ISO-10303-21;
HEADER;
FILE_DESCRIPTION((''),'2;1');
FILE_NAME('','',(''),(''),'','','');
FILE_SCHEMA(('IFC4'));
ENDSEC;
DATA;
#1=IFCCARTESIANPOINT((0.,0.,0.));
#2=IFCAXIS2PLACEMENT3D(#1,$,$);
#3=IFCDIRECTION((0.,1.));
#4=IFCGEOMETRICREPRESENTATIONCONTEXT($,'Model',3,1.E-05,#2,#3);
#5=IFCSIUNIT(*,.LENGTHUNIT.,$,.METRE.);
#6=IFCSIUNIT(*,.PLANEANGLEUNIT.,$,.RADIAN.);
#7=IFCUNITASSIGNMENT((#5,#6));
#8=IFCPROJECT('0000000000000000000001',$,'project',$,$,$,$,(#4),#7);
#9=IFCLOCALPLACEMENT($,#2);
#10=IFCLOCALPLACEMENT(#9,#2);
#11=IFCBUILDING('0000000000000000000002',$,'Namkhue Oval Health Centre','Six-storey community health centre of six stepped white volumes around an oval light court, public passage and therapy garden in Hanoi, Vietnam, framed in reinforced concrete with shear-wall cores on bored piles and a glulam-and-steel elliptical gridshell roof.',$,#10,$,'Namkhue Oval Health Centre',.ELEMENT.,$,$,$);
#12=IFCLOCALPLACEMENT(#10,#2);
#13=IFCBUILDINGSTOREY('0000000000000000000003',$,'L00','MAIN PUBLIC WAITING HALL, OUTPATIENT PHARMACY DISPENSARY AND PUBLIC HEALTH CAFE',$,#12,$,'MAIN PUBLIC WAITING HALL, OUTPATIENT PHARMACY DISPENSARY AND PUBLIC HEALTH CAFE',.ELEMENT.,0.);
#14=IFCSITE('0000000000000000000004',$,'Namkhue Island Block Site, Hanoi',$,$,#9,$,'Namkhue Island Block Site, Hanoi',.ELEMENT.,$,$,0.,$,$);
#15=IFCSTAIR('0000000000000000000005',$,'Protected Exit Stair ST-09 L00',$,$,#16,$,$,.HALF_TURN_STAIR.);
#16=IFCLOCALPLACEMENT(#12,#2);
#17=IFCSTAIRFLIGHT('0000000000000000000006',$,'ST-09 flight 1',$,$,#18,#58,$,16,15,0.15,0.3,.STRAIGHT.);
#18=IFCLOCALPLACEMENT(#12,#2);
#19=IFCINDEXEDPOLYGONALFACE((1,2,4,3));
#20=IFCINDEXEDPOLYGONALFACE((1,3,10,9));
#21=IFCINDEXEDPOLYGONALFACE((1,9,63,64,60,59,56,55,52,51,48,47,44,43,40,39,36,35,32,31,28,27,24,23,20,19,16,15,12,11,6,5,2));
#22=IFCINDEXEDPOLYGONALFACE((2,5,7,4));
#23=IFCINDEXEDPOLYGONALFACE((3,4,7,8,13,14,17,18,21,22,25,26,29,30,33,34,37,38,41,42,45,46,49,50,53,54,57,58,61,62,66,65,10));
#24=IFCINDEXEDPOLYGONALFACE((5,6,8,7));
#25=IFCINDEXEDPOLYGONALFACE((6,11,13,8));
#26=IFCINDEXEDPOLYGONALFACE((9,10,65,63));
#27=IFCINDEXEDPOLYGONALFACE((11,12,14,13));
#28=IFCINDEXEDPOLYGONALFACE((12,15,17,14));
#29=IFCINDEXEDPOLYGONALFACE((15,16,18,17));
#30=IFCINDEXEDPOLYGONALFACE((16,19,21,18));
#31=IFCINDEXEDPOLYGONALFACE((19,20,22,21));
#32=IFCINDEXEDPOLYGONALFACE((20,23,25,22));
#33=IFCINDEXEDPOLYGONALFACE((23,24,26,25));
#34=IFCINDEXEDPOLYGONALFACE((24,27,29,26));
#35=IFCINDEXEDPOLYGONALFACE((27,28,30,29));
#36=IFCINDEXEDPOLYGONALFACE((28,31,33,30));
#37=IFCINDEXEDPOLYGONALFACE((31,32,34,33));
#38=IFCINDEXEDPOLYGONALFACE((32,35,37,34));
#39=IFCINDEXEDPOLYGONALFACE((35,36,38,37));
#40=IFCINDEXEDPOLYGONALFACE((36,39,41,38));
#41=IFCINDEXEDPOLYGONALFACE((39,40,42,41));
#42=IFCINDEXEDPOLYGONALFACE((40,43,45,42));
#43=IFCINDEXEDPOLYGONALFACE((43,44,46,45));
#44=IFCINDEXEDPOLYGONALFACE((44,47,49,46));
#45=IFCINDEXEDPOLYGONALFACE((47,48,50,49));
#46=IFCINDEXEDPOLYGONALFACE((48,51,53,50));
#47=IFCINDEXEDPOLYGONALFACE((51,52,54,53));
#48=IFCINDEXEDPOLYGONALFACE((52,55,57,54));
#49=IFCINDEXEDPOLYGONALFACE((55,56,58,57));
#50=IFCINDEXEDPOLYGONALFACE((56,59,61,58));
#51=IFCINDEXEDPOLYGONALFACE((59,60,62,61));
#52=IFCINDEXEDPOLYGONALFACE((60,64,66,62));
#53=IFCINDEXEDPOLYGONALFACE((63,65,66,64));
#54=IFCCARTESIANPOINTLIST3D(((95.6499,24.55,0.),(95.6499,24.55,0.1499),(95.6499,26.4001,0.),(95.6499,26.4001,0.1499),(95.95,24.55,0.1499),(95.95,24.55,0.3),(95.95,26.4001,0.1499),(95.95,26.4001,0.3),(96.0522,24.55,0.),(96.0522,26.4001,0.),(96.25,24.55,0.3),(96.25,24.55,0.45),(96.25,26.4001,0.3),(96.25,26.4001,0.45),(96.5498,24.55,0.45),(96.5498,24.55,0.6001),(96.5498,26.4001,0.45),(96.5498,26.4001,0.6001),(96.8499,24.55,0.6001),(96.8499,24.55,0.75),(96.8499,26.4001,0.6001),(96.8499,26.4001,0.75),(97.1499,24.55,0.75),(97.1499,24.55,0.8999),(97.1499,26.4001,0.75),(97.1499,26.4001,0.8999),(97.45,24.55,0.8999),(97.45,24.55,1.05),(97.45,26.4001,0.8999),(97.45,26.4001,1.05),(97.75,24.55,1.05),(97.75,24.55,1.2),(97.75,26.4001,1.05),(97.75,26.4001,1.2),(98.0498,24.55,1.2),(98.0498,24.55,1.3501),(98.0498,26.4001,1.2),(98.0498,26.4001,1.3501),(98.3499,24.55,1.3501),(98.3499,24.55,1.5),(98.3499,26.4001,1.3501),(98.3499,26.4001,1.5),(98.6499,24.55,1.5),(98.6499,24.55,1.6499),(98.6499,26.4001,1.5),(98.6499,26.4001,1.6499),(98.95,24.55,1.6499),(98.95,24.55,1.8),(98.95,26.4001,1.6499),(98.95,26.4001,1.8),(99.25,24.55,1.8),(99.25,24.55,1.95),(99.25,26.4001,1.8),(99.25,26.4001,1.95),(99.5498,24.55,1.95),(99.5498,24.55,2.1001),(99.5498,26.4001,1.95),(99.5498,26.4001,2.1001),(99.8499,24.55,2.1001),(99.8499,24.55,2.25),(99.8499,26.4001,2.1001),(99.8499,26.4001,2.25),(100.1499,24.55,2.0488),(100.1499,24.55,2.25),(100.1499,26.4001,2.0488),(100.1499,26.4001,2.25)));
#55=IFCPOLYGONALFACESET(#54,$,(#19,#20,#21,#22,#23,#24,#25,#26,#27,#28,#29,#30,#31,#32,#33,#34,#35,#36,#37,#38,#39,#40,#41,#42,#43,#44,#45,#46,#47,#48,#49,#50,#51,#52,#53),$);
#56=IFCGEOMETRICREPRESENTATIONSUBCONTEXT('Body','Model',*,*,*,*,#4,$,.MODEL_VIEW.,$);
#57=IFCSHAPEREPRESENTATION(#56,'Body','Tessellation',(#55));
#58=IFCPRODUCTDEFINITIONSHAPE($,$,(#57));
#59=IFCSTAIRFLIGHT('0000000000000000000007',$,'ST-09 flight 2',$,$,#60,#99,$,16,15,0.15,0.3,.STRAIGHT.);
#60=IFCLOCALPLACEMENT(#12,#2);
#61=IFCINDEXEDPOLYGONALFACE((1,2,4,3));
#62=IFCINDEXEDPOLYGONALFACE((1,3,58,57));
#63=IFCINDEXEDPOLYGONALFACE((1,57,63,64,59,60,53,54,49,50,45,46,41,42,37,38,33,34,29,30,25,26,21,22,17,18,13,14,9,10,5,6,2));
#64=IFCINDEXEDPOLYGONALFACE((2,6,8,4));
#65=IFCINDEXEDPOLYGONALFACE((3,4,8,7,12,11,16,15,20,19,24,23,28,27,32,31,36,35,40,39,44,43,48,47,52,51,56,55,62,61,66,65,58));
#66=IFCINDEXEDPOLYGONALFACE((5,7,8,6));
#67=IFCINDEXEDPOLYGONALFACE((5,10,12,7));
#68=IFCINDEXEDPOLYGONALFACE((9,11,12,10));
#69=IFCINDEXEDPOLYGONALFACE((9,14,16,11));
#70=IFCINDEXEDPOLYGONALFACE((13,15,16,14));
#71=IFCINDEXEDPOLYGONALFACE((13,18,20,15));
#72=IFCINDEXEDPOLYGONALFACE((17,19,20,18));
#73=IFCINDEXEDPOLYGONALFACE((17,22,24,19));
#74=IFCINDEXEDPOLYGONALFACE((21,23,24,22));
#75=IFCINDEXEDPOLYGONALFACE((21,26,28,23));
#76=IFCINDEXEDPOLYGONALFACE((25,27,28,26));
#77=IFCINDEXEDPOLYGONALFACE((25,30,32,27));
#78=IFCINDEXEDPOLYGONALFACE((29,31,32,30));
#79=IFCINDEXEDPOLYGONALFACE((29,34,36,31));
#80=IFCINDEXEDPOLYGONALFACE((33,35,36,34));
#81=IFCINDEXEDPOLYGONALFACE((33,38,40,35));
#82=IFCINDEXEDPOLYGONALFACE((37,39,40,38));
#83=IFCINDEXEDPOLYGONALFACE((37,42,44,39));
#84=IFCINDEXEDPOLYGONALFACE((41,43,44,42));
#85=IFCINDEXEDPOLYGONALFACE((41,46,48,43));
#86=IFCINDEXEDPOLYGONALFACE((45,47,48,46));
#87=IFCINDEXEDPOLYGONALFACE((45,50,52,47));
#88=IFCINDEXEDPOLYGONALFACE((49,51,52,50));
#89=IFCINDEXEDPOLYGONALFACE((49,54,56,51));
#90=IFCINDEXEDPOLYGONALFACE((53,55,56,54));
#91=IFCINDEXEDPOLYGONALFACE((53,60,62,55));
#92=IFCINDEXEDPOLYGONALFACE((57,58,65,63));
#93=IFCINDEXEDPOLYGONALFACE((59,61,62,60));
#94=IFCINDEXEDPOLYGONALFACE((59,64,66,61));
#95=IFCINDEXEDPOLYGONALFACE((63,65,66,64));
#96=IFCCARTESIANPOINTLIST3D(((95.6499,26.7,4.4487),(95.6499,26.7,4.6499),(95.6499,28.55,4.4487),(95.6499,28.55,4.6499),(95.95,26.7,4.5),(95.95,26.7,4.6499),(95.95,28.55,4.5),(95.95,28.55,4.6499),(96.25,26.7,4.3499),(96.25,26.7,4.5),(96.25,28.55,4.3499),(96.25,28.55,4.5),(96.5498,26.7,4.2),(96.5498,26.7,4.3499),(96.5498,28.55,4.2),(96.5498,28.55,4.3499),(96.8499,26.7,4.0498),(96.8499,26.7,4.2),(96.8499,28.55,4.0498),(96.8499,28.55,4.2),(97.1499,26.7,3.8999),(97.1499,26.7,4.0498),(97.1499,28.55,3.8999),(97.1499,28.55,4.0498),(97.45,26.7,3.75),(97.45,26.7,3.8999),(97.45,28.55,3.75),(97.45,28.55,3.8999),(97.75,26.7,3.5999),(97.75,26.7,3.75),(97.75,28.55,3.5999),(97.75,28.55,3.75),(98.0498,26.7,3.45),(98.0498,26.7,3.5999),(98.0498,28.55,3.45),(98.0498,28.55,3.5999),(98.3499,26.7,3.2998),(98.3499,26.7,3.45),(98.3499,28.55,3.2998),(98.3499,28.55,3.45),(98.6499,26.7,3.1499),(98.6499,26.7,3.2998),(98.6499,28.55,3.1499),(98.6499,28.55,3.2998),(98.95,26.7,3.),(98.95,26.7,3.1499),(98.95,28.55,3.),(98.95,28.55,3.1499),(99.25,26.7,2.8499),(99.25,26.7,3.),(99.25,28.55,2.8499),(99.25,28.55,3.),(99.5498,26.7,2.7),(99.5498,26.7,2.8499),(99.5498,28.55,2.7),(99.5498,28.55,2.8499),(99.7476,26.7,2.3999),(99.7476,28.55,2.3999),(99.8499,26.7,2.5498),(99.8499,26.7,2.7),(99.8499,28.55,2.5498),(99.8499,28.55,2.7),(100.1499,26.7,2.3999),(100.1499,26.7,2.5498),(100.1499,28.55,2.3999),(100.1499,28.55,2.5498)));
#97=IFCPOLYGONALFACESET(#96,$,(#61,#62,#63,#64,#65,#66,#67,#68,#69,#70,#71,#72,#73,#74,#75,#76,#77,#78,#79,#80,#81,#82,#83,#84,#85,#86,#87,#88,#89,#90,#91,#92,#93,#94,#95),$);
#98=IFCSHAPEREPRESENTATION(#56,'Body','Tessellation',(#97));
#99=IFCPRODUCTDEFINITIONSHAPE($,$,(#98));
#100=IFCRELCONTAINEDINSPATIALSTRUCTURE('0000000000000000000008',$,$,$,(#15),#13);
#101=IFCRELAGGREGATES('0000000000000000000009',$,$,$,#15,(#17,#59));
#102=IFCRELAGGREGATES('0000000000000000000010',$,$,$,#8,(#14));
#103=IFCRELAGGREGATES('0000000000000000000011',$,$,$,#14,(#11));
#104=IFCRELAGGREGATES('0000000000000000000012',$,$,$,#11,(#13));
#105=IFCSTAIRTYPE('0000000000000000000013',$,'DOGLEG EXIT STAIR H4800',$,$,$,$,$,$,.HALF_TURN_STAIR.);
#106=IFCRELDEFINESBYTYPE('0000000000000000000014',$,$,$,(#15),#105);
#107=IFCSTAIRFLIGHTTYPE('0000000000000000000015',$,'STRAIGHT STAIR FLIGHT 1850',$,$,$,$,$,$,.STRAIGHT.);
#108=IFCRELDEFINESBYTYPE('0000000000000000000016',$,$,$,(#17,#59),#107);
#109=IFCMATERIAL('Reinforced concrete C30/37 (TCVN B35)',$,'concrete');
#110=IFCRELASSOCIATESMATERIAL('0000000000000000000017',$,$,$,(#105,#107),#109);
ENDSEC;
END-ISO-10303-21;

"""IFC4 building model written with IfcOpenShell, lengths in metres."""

from ifc_helpers import new_model, si_unit, direction, frame, origin, place, context, subcontext, project, spatial, polyline, outline, extrude, material, type_object, element, aggregate, save


model = new_model("IFC4")

# Units and contexts
model_context = context("Model", 3, precision=1e-05, world=origin(), true_north=direction((0.0, 1.0)))
body_context = subcontext(model_context, "Body", "Model", "MODEL_VIEW")
ifc_project = project(units=[si_unit("LENGTHUNIT", "METRE"), si_unit("PLANEANGLEUNIT", "RADIAN")], contexts=[model_context])

# Site, building, storey
site_placement = place(None, origin())
site = spatial("IfcSite", under=ifc_project, at=site_placement, Name="Namkhue Island Block Site, Hanoi", LongName="Namkhue Island Block Site, Hanoi", CompositionType="ELEMENT", RefElevation=0.0)
building_placement = place(site_placement, origin())
building = spatial("IfcBuilding", under=site, at=building_placement, Name="Namkhue Oval Health Centre", Description="Six-storey community health centre of six stepped white volumes around an oval light court, public passage and therapy garden in Hanoi, Vietnam, framed in reinforced concrete with shear-wall cores on bored piles and a glulam-and-steel elliptical gridshell roof.", LongName="Namkhue Oval Health Centre", CompositionType="ELEMENT")
storey_placement = place(building_placement, origin())
storey = spatial("IfcBuildingStorey", under=building, at=storey_placement, Name="L00", Description="MAIN PUBLIC WAITING HALL, OUTPATIENT PHARMACY DISPENSARY AND PUBLIC HEALTH CAFE", LongName="MAIN PUBLIC WAITING HALL, OUTPATIENT PHARMACY DISPENSARY AND PUBLIC HEALTH CAFE", CompositionType="ELEMENT", Elevation=0.0)

# Shared definitions
ifc_material_1 = material(Name="Reinforced concrete C30/37 (TCVN B35)", Category="concrete")

# Stair, stair flights
stair_type = type_object("IfcStairType", Name="DOGLEG EXIT STAIR H4800", PredefinedType="HALF_TURN_STAIR", material=ifc_material_1)
stair_placement = place(storey_placement, origin())
stair = element("IfcStair", 1, at=stair_placement, inside=storey, type_object=stair_type, Name="Protected Exit Stair ST-09 L00", PredefinedType="HALF_TURN_STAIR")
stair_flight_type = type_object("IfcStairFlightType", Name="STRAIGHT STAIR FLIGHT 1850", PredefinedType="STRAIGHT", material=ifc_material_1)
stair_flight_1_placement = place(storey_placement, frame((95.6499, 25.4751, 0.0), z_axis=(0.0, 0.0, 1.0), x_axis=(1.0, 0.0, 0.0)))
stair_flight_1 = element("IfcStairFlight", 2, at=stair_flight_1_placement, type_object=stair_flight_type, Name="ST-09 flight 1", NumberOfRisers=16, NumberOfTreads=15, PredefinedType="STRAIGHT", RiserHeight=0.15, TreadLength=0.3, context=body_context, shape_type="SweptSolid", body=[
    extrude(outline(polyline([(0.0, 0.0), (0.0, 0.1499), (0.3, 0.1499), (0.3, 0.3), (0.6001, 0.3), (0.6001, 0.45), (0.8999, 0.45), (0.8999, 0.6001), (1.2, 0.6001), (1.2, 0.75), (1.5, 0.75), (1.5, 0.8999), (1.8, 0.8999), (1.8, 1.05), (2.1001, 1.05), (2.1001, 1.2), (2.3999, 1.2), (2.3999, 1.3501), (2.7, 1.3501), (2.7, 1.5), (3.0, 1.5), (3.0, 1.6499), (3.3, 1.6499), (3.3, 1.8), (3.6001, 1.8), (3.6001, 1.95), (3.8999, 1.95), (3.8999, 2.1001), (4.2, 2.1001), (4.2, 2.25), (4.5, 2.25), (4.5, 2.3999), (4.5, 2.0488), (0.4023, 0.0), (0.0, 0.0)])), frame((0.0, 0.925, 0.0), z_axis=(0.0, -1.0, 0.0), x_axis=(1.0, 0.0, 0.0)), (0.0, 0.0, 1.0), 1.8501),
])
stair_flight_2_placement = place(storey_placement, frame((100.1499, 27.625, 2.3999), z_axis=(0.0, 0.0, 1.0), x_axis=(-1.0, 0.0, 0.0)))
stair_flight_2 = element("IfcStairFlight", 3, at=stair_flight_2_placement, type_object=stair_flight_type, Name="ST-09 flight 2", NumberOfRisers=16, NumberOfTreads=15, PredefinedType="STRAIGHT", RiserHeight=0.15, TreadLength=0.3, context=body_context, shape_type="SweptSolid", body=[
    extrude(outline(polyline([(0.0, 0.0), (0.0, 0.1499), (0.3, 0.1499), (0.3, 0.3), (0.6001, 0.3), (0.6001, 0.45), (0.8999, 0.45), (0.8999, 0.6001), (1.2, 0.6001), (1.2, 0.75), (1.5, 0.75), (1.5, 0.8999), (1.8, 0.8999), (1.8, 1.05), (2.1001, 1.05), (2.1001, 1.2), (2.3999, 1.2), (2.3999, 1.3501), (2.7, 1.3501), (2.7, 1.5), (3.0, 1.5), (3.0, 1.6499), (3.3, 1.6499), (3.3, 1.8), (3.6001, 1.8), (3.6001, 1.95), (3.8999, 1.95), (3.8999, 2.1001), (4.2, 2.1001), (4.2, 2.25), (4.5, 2.25), (4.5, 2.3999), (4.5, 2.0488), (0.4023, 0.0), (0.0, 0.0)])), frame((0.0, 0.925, 0.0), z_axis=(0.0, -1.0, 0.0), x_axis=(1.0, 0.0, 0.0)), (0.0, 0.0, 1.0), 1.8501),
])
aggregate(stair, [stair_flight_1, stair_flight_2])

save(model, "model.ifc")
